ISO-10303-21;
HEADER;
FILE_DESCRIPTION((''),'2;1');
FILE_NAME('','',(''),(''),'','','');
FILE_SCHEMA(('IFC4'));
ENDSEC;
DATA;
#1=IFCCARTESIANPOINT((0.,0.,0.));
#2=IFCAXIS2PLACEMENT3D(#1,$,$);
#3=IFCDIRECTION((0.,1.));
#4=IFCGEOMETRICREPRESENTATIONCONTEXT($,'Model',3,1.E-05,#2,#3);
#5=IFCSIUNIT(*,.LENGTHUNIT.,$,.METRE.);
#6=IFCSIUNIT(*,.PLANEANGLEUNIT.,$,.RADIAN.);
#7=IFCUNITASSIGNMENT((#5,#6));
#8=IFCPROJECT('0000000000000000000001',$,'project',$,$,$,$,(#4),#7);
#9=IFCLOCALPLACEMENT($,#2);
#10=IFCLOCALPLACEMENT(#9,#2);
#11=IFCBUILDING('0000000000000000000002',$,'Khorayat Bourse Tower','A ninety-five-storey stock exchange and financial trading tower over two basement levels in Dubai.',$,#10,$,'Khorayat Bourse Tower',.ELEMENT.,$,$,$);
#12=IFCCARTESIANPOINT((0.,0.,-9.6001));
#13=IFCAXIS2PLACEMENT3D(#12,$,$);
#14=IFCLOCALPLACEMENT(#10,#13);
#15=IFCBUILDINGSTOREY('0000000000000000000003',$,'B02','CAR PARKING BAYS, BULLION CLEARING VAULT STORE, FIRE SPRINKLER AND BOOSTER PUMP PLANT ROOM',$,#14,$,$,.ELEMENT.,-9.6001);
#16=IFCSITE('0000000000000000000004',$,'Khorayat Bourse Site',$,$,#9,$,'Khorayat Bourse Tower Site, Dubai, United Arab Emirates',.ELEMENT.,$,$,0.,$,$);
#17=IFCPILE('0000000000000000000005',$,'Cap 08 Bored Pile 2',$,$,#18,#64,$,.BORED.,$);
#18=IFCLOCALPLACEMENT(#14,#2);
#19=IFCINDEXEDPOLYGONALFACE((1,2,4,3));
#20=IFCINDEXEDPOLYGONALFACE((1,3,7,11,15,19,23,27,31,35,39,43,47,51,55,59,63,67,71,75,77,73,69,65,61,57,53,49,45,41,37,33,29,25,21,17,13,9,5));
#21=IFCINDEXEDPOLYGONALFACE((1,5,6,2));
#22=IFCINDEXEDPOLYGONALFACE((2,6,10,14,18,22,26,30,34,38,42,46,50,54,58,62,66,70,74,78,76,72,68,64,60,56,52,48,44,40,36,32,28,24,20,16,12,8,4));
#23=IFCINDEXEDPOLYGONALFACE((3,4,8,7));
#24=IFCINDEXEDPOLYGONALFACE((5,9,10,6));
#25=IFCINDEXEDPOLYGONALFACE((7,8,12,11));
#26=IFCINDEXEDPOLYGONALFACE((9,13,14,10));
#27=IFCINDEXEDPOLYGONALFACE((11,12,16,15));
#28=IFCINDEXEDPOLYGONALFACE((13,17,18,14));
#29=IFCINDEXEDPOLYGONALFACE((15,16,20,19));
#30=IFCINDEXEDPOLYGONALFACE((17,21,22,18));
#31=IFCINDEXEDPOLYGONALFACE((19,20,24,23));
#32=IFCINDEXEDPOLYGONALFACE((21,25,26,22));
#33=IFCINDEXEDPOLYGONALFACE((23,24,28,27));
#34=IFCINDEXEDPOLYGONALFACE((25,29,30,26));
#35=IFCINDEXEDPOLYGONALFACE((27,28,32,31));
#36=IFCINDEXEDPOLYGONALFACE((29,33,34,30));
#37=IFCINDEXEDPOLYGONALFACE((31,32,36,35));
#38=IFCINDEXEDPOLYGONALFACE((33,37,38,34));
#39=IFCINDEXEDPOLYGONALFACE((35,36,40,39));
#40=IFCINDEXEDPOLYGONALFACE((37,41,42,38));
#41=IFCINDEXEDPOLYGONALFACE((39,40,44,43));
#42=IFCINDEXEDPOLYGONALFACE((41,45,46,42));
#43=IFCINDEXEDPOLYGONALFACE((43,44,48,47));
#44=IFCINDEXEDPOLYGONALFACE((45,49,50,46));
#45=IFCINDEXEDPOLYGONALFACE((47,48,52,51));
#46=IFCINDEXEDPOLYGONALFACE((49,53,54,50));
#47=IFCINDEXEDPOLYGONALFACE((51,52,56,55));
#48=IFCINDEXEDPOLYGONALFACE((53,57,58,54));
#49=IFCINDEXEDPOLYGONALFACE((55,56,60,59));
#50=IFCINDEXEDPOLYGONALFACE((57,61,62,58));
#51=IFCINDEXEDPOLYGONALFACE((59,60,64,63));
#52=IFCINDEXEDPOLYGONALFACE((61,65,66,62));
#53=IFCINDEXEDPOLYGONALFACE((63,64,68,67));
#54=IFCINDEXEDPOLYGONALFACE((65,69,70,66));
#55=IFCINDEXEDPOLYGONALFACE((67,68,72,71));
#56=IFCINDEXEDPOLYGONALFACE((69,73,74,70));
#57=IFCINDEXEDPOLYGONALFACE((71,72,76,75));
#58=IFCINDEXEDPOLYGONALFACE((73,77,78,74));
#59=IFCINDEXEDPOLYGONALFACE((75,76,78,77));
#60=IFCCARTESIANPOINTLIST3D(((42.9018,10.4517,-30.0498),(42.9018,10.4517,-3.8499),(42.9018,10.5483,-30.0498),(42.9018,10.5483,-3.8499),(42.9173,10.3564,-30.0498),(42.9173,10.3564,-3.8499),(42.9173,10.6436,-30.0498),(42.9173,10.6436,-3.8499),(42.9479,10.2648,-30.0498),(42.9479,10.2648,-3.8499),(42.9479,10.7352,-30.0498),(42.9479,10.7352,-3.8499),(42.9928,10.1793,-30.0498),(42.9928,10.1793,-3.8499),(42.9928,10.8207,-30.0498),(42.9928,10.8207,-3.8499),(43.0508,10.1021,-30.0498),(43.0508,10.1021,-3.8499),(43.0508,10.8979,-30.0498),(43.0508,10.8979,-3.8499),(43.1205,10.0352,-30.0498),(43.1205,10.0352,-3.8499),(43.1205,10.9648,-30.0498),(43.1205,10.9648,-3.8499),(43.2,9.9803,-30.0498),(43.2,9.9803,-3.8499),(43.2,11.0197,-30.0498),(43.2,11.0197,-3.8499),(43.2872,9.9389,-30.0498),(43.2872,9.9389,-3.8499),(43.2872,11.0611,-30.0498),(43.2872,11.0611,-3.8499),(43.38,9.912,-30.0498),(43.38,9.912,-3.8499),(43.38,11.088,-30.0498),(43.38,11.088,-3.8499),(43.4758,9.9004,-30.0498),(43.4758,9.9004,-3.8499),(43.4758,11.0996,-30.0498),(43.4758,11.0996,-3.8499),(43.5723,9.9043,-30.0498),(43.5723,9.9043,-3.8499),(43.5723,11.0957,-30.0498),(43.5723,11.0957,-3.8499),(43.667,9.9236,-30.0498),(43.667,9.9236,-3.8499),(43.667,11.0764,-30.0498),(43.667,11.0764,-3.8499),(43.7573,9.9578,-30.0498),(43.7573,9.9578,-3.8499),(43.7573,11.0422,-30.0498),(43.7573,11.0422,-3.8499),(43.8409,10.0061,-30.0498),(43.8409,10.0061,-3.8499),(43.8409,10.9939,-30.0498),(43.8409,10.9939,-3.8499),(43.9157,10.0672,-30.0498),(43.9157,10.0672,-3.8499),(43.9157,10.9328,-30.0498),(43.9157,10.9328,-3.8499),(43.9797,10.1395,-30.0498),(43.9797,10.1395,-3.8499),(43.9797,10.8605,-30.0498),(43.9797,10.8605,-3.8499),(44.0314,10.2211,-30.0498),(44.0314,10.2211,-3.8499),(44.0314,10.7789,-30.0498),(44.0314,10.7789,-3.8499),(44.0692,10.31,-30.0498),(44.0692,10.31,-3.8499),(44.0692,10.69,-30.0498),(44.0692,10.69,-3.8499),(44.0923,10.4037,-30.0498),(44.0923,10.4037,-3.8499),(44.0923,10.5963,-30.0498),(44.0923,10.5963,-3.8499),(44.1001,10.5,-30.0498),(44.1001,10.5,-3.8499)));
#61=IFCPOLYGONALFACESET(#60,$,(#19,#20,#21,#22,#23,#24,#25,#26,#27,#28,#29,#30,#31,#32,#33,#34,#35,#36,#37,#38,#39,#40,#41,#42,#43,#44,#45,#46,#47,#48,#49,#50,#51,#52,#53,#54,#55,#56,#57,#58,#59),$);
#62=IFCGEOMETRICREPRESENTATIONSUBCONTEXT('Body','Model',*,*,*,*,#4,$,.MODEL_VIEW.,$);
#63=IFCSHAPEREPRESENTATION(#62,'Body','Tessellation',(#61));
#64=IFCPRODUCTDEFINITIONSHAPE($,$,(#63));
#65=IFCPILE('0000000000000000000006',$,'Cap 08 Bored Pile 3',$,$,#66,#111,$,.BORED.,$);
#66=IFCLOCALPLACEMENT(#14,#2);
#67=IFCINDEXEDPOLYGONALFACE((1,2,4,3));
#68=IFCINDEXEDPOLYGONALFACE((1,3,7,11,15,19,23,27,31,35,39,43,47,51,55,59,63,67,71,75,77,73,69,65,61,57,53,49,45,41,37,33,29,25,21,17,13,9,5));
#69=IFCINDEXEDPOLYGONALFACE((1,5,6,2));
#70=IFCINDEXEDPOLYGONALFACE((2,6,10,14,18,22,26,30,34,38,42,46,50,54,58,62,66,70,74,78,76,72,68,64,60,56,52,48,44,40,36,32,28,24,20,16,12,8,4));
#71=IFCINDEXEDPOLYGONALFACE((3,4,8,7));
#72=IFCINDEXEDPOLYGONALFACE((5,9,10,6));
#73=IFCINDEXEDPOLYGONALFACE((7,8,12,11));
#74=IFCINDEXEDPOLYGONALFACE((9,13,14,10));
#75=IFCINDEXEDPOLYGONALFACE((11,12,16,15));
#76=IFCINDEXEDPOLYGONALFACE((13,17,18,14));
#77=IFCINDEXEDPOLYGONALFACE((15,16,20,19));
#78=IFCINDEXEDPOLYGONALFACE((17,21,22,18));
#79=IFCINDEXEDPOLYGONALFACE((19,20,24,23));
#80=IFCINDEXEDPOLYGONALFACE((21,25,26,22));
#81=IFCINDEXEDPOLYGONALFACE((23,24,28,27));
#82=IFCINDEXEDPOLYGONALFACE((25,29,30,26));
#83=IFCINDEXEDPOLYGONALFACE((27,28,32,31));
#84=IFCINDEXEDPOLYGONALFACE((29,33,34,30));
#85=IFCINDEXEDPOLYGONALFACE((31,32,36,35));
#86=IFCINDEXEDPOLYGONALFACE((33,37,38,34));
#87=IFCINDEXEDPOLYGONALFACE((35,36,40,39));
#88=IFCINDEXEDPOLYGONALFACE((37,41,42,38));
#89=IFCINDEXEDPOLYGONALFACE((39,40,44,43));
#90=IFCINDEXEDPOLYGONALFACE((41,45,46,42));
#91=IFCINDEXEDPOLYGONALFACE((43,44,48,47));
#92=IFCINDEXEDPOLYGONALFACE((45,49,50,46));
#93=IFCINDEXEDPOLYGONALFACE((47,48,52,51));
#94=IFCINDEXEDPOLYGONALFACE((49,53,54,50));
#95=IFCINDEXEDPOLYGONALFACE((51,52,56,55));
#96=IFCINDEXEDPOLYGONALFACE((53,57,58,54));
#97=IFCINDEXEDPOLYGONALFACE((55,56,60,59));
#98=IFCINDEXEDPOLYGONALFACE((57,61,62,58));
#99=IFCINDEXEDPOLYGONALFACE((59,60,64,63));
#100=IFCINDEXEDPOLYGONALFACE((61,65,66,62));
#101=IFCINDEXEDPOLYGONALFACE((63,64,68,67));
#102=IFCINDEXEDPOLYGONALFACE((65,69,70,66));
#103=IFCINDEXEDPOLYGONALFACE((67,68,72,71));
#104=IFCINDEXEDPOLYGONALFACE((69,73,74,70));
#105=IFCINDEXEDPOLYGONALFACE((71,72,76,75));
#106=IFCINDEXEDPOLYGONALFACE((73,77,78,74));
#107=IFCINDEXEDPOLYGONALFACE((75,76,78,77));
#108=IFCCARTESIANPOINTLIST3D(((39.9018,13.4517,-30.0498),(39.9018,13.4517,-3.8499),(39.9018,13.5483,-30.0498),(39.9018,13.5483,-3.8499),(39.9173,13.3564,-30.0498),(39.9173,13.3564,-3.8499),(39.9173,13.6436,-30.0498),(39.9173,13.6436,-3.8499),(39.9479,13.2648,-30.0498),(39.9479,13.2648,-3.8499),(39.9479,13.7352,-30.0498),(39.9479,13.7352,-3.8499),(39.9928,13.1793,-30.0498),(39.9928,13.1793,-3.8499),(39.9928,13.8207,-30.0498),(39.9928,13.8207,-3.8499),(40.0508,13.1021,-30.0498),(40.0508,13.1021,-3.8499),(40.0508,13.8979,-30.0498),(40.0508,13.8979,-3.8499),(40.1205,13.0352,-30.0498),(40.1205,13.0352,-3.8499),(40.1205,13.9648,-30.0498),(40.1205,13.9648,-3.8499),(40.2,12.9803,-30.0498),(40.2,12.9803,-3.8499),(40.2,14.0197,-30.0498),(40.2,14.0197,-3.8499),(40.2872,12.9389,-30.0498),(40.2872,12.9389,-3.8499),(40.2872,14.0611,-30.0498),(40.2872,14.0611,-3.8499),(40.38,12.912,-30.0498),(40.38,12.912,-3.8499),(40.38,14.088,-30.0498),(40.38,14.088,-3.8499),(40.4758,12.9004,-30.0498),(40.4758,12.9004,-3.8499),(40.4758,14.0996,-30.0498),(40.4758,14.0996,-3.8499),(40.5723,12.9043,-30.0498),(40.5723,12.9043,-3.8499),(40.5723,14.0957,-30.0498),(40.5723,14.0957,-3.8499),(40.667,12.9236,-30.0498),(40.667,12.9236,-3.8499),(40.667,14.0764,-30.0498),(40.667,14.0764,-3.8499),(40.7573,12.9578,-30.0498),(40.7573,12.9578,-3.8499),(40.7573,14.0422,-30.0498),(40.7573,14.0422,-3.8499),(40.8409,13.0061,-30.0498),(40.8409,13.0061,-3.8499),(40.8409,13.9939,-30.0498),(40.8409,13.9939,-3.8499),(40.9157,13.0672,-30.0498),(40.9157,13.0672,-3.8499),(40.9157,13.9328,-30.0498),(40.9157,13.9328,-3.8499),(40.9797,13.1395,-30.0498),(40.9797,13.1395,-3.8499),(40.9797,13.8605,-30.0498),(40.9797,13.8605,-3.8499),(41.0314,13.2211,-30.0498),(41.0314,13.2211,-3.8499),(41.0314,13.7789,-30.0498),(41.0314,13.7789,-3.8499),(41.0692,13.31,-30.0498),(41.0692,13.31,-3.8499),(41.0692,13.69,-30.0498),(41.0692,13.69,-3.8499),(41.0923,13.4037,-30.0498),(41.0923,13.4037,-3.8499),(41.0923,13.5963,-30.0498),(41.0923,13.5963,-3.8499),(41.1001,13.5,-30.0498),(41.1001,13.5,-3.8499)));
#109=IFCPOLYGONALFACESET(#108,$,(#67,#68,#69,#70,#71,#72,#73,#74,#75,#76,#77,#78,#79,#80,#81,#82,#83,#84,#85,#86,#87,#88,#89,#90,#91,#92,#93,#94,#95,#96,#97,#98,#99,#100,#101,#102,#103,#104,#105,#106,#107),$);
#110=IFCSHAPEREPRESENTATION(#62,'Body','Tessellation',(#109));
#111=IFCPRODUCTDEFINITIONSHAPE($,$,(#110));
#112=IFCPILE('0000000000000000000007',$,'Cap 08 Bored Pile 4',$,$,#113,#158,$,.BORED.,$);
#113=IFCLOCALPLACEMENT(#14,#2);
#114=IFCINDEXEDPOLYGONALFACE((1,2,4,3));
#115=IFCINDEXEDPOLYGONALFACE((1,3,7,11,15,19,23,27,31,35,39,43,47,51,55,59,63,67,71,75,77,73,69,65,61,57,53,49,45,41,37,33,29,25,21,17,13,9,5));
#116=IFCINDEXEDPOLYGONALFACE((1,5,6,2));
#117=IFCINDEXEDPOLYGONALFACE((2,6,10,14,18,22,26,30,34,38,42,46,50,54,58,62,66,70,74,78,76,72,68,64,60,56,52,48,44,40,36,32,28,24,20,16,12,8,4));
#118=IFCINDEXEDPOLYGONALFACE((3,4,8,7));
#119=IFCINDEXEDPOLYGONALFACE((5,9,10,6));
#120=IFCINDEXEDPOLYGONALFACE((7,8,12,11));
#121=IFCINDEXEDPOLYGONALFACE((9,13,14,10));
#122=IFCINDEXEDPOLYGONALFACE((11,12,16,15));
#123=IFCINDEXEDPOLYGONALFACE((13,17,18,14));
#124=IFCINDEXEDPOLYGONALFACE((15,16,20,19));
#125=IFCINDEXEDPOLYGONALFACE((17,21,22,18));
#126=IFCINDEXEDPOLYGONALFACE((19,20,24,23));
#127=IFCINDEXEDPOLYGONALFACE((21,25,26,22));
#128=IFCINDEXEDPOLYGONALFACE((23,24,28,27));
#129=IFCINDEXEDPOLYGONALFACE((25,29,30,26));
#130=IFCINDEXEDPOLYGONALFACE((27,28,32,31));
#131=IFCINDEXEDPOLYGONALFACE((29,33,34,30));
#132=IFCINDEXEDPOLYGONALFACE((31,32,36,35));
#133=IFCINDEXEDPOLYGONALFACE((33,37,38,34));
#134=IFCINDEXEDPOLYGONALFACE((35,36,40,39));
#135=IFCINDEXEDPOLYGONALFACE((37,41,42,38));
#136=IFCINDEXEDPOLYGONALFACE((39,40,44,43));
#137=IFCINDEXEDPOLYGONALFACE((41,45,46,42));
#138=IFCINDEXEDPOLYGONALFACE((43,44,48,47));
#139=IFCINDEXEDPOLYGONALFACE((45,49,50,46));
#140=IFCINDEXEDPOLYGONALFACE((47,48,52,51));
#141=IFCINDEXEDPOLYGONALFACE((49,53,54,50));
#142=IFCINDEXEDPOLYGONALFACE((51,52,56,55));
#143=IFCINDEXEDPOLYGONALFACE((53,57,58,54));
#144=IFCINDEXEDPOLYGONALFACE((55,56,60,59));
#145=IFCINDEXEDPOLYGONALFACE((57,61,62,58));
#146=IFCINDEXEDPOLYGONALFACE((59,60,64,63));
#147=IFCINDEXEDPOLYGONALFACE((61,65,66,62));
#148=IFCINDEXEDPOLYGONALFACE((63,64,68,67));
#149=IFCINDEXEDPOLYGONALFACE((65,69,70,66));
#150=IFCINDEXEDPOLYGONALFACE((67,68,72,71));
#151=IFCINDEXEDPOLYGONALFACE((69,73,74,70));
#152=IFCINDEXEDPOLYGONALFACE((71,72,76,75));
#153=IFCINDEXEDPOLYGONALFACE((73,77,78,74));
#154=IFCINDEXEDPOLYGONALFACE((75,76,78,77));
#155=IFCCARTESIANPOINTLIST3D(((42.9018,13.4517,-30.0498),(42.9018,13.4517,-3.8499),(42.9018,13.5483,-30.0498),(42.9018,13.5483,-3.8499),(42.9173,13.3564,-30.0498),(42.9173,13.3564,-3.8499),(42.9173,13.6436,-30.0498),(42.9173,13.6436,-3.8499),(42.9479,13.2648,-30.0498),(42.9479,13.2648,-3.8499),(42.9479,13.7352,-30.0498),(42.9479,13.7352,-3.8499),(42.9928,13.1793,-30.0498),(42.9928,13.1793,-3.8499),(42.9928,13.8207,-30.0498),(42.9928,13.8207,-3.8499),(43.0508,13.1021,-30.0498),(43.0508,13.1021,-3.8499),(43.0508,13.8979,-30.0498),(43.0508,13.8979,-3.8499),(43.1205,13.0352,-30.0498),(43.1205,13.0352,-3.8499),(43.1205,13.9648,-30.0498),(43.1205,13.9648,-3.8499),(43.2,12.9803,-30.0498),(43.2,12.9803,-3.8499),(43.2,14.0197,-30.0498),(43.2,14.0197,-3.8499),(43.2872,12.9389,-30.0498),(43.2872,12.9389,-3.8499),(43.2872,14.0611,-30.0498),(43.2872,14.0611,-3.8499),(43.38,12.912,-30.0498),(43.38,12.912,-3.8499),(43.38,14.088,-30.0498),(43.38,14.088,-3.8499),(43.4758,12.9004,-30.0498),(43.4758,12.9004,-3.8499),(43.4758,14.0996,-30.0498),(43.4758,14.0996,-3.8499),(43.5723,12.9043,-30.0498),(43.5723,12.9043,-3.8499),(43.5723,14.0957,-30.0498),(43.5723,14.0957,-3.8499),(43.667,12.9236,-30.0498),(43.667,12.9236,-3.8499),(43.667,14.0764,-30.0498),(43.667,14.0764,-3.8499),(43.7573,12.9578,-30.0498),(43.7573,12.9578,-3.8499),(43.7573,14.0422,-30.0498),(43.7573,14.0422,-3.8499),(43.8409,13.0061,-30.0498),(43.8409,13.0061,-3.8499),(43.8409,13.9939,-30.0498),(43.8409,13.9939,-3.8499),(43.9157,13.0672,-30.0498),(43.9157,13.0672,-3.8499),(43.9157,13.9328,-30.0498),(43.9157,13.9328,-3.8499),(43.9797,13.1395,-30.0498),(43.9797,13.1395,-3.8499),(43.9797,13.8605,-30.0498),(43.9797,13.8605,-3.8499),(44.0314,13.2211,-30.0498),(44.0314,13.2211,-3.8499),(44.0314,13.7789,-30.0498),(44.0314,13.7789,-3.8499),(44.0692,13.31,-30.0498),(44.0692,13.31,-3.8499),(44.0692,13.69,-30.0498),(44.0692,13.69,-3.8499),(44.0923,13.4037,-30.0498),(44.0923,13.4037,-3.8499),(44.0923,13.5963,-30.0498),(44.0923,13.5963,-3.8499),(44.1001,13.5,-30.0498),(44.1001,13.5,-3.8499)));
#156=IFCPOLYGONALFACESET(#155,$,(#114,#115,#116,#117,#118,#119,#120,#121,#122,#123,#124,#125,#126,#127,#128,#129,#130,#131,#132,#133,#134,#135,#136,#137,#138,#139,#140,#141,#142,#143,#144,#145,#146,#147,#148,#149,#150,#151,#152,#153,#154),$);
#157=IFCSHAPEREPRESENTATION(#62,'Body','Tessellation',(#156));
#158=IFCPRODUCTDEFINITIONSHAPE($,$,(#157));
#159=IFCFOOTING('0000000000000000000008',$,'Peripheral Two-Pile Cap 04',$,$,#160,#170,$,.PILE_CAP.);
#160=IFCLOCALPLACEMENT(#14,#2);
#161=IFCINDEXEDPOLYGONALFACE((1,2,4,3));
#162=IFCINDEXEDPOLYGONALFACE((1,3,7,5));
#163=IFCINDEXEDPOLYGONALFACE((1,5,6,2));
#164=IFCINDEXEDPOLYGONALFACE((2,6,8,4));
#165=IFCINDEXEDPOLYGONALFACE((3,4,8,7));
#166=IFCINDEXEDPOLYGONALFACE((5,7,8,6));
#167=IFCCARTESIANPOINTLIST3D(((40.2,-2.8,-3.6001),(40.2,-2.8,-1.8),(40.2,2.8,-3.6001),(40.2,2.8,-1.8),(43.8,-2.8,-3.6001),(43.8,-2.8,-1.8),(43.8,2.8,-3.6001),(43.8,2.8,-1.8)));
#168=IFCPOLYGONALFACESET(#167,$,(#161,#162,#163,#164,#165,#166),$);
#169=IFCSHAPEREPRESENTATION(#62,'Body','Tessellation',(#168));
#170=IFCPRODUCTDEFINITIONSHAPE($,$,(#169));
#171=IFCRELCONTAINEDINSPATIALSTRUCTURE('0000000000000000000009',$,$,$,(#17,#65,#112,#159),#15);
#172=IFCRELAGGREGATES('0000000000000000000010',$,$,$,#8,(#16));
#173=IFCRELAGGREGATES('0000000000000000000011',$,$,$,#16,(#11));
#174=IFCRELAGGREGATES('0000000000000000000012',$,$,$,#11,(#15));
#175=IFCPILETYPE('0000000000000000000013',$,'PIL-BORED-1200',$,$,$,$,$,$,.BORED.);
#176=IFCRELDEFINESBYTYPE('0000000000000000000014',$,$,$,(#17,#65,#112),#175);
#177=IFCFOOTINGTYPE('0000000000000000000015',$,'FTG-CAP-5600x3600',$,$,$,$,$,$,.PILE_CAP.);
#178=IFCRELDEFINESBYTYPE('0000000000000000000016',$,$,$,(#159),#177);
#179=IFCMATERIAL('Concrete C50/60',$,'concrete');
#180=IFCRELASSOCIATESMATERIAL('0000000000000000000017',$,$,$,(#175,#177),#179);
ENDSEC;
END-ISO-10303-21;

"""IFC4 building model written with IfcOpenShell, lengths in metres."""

from ifc_helpers import new_model, si_unit, direction, frame, origin, origin_2d, place, context, subcontext, project, spatial, rectangle, circle, extrude, source, transform, mapped, material, material_profile, profile_set, type_object, element, save


model = new_model("IFC4")

# Units and contexts
model_context = context("Model", 3, precision=1e-05, world=origin(), true_north=direction((0.0, 1.0)))
body_context = subcontext(model_context, "Body", "Model", "MODEL_VIEW")
ifc_project = project(units=[si_unit("LENGTHUNIT", "METRE"), si_unit("PLANEANGLEUNIT", "RADIAN")], contexts=[model_context])

# Site, building, storey
site_placement = place(None, origin())
site = spatial("IfcSite", under=ifc_project, at=site_placement, Name="Khorayat Bourse Site", LongName="Khorayat Bourse Tower Site, Dubai, United Arab Emirates", CompositionType="ELEMENT", RefElevation=0.0)
building_placement = place(site_placement, origin())
building = spatial("IfcBuilding", under=site, at=building_placement, Name="Khorayat Bourse Tower", Description="A ninety-five-storey stock exchange and financial trading tower over two basement levels in Dubai.", LongName="Khorayat Bourse Tower", CompositionType="ELEMENT")
storey_placement = place(building_placement, frame((0.0, 0.0, -9.6001)))
storey = spatial("IfcBuildingStorey", under=building, at=storey_placement, Name="B02", Description="CAR PARKING BAYS, BULLION CLEARING VAULT STORE, FIRE SPRINKLER AND BOOSTER PUMP PLANT ROOM", CompositionType="ELEMENT", Elevation=-9.6001)

# Shared definitions
ifc_material_1 = material(Name="Concrete C50/60", Category="concrete")

# Piles
ifc_material_profile_1 = material_profile(ifc_material_1, circle(Radius=0.6001, at=origin_2d()), Name="BORED PILE D1200")
ifc_profile_set_1 = profile_set([ifc_material_profile_1], Name="Concrete C50/60")
pile_type_1 = type_object("IfcPileType", Name="PIL-BORED-1200", PredefinedType="BORED", material=ifc_profile_set_1)
shared_shape_1 = source(origin(), body_context, "Body", "SweptSolid", [
    extrude(circle(Radius=0.6001, at=origin_2d()), origin(), (0.0, 0.0, 1.0), 26.2),
])
for number, where, z_axis, x_axis, name in (
    (1, (43.5, 10.5, -3.8499), (0.0, 0.0, -1.0), (1.0, 0.0, 0.0), "Cap 08 Bored Pile 2"),
    (2, (40.5, 13.5, -3.8499), (0.0, 0.0, -1.0), (1.0, 0.0, 0.0), "Cap 08 Bored Pile 3"),
    (3, (43.5, 13.5, -3.8499), (0.0, 0.0, -1.0), (1.0, 0.0, 0.0), "Cap 08 Bored Pile 4"),
):
    element("IfcPile", number, at=place(storey_placement, frame(where, z_axis=z_axis, x_axis=x_axis)), inside=storey, type_object=pile_type_1, Name=name, PredefinedType="BORED", context=body_context, shape_type="MappedRepresentation", body=[
        mapped(shared_shape_1, transform((0.0, 0.0, 0.0), scale=1.0)),
    ])

# Footing
footing_type_1 = type_object("IfcFootingType", Name="FTG-CAP-5600x3600", PredefinedType="PILE_CAP", material=ifc_material_1)
shared_shape_2 = source(origin(), body_context, "Body", "SweptSolid", [
    extrude(rectangle(XDim=3.6001, YDim=5.6001, at=origin_2d()), origin(), (0.0, 0.0, 1.0), 1.8),
])
footing_1_placement = place(storey_placement, frame((42.0, 0.0, -3.6001), z_axis=(0.0, 0.0, 1.0), x_axis=(1.0, 0.0, 0.0)))
element("IfcFooting", 4, at=footing_1_placement, inside=storey, type_object=footing_type_1, Name="Peripheral Two-Pile Cap 04", PredefinedType="PILE_CAP", context=body_context, shape_type="MappedRepresentation", body=[
    mapped(shared_shape_2, transform((0.0, 0.0, 0.0), scale=1.0)),
])

save(model, "model.ifc")
